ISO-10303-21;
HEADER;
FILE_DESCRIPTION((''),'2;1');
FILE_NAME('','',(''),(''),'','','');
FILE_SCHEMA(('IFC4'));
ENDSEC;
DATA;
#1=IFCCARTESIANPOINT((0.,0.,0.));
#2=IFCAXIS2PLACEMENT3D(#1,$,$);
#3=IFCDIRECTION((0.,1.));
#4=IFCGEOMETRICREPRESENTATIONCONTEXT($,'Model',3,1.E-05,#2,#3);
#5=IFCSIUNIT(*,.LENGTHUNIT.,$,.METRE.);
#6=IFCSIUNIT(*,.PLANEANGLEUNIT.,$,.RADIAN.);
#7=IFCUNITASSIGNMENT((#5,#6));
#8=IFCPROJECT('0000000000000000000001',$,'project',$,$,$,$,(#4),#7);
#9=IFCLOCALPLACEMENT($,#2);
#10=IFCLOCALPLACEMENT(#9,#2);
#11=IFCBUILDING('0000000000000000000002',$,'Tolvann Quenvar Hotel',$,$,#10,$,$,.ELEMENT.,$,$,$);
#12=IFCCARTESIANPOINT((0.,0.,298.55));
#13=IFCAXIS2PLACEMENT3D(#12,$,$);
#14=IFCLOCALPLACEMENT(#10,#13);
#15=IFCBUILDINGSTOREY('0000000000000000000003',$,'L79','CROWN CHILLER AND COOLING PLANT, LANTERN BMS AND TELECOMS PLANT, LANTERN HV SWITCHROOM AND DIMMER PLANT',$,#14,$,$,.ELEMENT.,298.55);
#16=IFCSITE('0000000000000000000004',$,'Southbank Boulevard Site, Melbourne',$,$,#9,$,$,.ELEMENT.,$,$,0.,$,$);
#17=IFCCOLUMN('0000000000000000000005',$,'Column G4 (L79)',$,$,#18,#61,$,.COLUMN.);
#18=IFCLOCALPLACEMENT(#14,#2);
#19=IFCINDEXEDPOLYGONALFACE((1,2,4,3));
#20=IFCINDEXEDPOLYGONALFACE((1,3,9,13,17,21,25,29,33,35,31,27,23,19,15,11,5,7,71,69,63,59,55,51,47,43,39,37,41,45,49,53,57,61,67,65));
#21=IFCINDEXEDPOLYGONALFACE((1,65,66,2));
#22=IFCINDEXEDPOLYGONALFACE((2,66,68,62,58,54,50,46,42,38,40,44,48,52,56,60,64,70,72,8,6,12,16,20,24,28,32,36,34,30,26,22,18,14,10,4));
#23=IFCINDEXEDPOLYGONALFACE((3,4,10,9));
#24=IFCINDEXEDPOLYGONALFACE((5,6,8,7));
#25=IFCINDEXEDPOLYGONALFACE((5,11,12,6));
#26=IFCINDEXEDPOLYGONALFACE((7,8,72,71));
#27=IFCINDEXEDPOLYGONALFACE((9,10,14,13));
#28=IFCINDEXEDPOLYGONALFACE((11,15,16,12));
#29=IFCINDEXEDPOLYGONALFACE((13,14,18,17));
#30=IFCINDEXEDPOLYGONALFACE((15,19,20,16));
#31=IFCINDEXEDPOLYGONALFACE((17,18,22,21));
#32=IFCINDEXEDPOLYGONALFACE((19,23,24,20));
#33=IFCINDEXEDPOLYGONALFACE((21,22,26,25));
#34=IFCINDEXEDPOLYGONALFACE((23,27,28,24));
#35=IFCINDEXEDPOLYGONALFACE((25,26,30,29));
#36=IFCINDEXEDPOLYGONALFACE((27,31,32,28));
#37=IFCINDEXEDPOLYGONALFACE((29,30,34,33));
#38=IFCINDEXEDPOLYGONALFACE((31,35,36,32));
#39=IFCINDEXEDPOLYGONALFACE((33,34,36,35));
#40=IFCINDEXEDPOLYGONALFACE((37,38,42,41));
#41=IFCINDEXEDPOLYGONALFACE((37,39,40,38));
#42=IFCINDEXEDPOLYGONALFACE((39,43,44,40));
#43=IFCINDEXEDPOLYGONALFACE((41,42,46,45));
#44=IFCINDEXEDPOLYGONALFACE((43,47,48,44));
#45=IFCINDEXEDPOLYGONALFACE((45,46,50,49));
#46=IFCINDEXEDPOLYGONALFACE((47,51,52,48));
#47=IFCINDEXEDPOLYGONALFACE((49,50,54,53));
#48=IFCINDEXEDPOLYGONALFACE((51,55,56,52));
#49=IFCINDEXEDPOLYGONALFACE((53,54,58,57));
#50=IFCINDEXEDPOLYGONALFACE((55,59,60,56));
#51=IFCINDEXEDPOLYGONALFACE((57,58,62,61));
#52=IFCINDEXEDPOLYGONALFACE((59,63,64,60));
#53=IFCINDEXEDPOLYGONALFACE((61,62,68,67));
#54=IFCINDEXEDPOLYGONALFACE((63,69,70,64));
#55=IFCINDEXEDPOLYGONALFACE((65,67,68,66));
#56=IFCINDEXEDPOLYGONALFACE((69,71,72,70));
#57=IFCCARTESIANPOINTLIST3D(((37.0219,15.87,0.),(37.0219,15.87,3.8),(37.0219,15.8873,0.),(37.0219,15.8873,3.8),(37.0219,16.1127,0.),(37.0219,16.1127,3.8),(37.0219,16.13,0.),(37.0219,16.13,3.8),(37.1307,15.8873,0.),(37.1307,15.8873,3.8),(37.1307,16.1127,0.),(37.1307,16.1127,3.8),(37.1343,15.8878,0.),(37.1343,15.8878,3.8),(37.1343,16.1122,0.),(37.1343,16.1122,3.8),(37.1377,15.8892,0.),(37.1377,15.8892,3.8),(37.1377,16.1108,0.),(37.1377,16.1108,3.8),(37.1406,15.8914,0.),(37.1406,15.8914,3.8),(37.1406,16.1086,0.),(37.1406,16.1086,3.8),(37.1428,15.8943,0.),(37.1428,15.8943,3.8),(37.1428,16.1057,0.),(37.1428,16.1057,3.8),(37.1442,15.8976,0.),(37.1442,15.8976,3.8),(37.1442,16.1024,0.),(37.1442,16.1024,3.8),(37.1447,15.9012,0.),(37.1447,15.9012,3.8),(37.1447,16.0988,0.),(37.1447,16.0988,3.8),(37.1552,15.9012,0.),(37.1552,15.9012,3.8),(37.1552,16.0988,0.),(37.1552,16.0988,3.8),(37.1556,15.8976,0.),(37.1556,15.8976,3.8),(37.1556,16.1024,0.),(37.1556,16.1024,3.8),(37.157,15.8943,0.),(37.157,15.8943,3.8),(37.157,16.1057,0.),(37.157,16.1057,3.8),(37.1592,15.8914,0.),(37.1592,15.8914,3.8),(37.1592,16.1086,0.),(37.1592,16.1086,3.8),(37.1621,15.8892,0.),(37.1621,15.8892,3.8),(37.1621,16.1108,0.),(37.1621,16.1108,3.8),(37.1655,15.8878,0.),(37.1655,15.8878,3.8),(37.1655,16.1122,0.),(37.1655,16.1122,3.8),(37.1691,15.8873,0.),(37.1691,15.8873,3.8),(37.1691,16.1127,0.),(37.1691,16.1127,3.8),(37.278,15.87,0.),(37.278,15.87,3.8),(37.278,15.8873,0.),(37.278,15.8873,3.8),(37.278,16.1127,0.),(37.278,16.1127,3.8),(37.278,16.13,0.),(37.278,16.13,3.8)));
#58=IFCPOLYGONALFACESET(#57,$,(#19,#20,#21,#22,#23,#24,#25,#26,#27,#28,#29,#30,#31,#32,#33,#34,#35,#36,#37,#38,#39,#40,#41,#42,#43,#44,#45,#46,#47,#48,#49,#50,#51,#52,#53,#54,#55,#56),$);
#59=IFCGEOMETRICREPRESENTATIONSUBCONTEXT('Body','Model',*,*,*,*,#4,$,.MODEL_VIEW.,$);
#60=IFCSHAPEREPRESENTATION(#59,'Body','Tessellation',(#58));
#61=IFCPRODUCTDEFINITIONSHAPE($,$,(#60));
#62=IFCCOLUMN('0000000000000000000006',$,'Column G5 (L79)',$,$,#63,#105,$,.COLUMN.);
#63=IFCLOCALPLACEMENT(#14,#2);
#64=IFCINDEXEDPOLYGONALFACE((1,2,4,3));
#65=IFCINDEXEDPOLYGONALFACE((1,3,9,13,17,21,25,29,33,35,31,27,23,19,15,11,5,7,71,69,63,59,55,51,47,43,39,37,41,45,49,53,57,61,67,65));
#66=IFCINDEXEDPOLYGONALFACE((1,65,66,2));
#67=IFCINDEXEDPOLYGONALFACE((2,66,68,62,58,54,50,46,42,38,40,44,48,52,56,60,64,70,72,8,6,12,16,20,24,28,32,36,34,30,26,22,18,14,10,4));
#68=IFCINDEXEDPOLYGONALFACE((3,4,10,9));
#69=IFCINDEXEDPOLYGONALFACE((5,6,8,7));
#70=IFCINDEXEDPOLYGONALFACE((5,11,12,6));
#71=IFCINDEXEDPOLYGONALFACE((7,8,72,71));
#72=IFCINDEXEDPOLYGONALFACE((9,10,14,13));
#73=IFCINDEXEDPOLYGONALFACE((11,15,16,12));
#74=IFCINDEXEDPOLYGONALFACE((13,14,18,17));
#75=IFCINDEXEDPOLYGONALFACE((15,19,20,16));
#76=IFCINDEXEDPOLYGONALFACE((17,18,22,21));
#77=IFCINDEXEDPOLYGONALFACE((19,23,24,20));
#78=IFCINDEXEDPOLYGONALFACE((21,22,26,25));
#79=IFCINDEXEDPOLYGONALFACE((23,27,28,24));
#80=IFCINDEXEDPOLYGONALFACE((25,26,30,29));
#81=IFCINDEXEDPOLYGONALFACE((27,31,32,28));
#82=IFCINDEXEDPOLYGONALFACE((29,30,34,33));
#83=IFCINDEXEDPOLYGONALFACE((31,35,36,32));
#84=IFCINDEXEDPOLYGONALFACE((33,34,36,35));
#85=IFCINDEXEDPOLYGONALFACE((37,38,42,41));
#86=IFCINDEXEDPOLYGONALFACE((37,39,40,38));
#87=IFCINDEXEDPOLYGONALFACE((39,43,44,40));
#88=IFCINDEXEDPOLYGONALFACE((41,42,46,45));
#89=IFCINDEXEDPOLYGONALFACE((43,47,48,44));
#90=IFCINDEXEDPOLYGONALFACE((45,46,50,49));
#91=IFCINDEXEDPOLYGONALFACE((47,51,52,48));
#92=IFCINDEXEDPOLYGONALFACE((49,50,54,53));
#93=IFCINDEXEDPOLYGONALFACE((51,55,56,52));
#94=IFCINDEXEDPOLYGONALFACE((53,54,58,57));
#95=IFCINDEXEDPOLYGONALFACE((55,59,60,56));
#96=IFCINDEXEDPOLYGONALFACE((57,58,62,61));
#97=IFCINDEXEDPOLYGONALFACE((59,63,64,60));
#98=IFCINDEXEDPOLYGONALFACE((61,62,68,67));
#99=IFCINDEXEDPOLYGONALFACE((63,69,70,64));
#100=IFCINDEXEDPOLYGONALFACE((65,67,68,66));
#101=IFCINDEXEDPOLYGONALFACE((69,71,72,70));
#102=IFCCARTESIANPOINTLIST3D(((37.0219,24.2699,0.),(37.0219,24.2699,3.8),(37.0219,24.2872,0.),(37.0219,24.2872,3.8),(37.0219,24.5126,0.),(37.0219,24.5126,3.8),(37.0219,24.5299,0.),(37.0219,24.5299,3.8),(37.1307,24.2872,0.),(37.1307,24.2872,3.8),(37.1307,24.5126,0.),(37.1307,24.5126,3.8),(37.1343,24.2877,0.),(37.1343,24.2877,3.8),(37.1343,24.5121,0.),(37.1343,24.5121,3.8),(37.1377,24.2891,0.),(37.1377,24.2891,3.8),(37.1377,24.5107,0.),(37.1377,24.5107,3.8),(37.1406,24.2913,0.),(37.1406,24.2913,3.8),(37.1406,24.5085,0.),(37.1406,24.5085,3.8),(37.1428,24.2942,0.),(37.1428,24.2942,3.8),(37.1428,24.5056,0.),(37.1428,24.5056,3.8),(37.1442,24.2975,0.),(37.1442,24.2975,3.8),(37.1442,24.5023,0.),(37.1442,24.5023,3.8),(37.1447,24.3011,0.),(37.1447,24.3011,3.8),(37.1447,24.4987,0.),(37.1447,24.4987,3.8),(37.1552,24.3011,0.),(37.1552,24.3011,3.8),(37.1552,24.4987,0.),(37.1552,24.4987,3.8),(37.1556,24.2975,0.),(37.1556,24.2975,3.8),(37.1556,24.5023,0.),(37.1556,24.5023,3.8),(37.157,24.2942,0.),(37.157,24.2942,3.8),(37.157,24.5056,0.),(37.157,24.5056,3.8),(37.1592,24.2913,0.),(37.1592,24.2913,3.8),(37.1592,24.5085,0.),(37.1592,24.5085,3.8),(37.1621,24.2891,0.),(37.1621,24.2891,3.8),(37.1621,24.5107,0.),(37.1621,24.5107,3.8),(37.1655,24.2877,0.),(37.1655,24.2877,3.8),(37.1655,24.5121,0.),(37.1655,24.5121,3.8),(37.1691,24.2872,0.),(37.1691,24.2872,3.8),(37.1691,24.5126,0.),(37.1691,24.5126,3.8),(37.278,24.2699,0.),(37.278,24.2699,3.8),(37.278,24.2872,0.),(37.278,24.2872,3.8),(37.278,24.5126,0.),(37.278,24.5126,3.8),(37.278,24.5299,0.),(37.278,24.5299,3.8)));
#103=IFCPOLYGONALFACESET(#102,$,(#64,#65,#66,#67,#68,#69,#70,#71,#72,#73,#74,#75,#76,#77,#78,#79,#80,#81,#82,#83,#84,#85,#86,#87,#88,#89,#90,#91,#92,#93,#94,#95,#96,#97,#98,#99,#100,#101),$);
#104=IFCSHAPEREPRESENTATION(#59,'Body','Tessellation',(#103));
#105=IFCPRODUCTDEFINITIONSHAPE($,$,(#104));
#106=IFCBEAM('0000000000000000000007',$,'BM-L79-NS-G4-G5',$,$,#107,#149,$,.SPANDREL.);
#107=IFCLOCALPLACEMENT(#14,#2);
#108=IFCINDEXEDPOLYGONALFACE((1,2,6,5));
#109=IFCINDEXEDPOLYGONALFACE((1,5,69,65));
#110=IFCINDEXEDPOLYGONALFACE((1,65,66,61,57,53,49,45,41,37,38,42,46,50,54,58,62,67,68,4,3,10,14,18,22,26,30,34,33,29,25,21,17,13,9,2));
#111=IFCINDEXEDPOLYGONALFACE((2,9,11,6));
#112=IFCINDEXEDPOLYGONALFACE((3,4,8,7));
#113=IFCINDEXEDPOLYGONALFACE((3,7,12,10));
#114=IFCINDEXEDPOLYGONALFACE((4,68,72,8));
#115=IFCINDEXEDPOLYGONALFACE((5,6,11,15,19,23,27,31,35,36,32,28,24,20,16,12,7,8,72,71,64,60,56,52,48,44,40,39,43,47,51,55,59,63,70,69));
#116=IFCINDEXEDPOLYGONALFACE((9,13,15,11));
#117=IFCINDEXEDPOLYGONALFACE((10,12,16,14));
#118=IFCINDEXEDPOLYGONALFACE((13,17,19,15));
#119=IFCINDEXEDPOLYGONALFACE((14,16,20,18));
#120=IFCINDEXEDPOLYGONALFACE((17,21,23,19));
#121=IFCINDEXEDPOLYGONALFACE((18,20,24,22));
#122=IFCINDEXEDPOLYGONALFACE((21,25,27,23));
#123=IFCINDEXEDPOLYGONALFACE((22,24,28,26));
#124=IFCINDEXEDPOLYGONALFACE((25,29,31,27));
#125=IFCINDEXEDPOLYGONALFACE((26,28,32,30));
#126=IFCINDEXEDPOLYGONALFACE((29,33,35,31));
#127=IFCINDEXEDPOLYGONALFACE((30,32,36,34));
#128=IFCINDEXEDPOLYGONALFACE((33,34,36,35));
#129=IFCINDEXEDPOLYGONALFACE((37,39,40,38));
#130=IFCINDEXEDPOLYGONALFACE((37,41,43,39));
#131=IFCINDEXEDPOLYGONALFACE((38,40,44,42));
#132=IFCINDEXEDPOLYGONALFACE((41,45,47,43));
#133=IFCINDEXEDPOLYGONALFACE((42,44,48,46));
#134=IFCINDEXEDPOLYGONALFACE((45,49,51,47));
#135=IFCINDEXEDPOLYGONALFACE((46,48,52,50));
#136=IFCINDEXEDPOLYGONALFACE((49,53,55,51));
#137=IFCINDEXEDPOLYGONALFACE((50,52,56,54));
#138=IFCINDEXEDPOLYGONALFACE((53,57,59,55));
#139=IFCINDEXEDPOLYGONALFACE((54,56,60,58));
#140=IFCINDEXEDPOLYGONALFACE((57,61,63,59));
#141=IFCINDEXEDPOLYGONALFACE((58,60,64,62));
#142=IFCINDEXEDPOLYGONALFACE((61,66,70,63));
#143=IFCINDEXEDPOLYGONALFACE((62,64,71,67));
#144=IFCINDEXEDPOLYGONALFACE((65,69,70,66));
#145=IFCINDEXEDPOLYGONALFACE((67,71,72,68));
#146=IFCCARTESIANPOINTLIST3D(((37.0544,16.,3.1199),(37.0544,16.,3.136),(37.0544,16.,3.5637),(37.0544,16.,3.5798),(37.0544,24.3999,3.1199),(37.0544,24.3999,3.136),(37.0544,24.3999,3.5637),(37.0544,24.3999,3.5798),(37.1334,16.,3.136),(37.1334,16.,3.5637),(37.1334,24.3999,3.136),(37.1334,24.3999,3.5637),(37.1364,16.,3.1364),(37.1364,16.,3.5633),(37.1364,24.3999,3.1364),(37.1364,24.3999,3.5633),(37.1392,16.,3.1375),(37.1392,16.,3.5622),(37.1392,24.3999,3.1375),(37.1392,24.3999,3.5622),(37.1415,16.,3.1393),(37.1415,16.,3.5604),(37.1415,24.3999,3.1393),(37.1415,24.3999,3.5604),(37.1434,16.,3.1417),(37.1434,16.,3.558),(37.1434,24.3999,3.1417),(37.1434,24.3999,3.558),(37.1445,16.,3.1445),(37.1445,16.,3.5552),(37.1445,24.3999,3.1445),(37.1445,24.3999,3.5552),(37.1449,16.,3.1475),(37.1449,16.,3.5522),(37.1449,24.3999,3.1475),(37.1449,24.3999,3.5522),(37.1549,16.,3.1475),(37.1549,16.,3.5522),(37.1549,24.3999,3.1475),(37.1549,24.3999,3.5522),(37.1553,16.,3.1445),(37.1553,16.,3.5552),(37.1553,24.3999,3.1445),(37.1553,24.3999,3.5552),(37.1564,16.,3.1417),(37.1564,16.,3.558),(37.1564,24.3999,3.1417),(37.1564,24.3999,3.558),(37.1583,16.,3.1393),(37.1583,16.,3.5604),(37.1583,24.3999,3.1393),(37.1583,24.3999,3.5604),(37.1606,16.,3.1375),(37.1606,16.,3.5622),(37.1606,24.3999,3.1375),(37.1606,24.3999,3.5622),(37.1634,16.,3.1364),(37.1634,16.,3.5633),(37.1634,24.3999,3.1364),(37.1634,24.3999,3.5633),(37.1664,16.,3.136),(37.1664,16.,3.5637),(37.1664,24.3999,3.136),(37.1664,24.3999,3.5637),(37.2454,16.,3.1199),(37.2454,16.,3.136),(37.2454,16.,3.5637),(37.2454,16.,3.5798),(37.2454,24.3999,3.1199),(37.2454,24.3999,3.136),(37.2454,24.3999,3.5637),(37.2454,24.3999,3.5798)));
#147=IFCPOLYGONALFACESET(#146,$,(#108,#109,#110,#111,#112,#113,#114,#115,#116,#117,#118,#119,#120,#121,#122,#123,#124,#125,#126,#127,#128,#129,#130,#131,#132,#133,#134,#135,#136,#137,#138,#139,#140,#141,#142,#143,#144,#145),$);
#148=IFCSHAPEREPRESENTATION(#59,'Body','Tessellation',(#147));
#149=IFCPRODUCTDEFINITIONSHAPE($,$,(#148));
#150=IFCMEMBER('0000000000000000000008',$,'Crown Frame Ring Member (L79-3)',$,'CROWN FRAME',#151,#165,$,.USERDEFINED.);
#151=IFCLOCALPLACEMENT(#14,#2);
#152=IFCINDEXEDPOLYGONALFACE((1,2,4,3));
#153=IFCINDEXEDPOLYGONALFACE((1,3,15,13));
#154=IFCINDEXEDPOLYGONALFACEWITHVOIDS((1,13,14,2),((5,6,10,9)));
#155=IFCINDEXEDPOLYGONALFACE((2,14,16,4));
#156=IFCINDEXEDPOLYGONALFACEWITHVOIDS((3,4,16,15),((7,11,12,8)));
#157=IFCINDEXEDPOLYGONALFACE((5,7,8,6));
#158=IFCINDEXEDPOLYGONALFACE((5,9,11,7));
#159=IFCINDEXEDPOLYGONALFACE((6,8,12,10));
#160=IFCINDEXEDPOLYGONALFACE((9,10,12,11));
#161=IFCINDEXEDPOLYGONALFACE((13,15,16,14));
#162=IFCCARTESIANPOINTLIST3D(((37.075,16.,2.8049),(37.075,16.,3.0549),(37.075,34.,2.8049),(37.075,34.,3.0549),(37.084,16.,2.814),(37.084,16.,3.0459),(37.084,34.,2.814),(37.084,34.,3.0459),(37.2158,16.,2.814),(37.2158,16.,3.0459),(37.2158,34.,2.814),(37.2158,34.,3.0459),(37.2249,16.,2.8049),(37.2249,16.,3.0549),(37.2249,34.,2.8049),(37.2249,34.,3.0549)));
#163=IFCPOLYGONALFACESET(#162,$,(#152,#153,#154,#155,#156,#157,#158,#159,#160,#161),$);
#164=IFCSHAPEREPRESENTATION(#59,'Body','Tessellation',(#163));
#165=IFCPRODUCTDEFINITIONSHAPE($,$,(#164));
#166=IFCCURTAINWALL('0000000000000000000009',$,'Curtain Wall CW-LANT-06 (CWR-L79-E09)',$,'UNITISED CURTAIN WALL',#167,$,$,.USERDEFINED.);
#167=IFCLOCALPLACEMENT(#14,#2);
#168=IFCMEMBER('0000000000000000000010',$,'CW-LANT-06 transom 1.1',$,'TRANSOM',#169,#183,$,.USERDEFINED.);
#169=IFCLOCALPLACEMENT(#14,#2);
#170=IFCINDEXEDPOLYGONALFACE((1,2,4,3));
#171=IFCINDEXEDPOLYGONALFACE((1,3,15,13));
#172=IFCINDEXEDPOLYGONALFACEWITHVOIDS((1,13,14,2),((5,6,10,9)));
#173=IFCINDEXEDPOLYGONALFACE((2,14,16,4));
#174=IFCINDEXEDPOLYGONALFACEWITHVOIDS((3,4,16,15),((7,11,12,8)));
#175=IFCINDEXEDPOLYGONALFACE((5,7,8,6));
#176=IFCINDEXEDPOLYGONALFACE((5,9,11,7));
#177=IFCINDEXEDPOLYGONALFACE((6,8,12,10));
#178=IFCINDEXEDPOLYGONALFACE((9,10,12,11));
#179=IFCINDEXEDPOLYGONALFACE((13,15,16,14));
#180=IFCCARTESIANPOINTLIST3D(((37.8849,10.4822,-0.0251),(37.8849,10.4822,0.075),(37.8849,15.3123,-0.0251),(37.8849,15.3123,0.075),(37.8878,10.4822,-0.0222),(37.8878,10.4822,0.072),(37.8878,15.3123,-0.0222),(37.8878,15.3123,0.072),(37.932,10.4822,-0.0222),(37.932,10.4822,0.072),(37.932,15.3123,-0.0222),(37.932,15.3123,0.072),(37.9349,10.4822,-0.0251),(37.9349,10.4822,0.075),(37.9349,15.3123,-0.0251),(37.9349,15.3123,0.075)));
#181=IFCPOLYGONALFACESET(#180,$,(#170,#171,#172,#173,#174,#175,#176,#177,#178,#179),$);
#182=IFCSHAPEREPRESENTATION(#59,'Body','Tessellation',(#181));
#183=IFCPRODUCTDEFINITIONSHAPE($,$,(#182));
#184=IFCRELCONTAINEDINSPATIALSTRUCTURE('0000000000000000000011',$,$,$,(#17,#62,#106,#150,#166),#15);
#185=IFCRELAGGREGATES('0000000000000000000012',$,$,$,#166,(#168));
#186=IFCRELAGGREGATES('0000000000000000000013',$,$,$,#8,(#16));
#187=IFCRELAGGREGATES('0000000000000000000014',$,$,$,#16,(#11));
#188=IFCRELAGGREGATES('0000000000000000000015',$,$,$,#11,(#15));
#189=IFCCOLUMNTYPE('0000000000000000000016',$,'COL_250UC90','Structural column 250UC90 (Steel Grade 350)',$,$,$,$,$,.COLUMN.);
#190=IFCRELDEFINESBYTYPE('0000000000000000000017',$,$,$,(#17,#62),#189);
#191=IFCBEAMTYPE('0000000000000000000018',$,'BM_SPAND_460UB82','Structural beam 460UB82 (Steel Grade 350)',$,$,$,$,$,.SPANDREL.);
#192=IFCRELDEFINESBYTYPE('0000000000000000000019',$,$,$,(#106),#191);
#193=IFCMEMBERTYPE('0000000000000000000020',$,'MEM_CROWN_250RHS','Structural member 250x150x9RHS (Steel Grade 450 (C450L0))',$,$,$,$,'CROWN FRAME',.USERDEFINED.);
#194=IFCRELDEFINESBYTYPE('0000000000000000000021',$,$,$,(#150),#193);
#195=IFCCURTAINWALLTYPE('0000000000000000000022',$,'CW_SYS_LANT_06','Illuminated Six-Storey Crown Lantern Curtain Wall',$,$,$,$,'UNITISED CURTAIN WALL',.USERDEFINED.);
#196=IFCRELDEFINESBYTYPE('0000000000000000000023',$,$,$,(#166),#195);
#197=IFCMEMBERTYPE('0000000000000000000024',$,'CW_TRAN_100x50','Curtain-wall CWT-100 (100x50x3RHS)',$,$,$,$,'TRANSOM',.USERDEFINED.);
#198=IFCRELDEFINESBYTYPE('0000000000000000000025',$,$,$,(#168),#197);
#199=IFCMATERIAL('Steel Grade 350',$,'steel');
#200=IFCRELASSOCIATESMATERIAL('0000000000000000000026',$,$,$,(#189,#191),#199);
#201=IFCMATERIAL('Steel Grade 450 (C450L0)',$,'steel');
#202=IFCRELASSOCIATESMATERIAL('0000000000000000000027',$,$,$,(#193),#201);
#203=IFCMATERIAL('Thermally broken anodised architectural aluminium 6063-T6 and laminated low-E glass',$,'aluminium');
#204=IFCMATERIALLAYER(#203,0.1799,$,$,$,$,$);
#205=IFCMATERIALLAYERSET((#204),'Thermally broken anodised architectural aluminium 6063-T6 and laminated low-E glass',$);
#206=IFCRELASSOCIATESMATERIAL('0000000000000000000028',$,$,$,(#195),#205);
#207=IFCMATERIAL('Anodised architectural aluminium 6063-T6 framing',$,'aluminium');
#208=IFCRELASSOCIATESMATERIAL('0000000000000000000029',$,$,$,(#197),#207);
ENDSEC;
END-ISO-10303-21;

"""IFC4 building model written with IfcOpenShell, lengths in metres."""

from ifc_helpers import new_model, si_unit, direction, frame, origin, origin_2d, place, context, subcontext, project, spatial, hollow_rectangle, i_section, extrude, source, transform, mapped, material, layer, layer_set, material_profile, profile_set, type_object, type_shapes, element, aggregate, save


model = new_model("IFC4")

# Units and contexts
model_context = context("Model", 3, precision=1e-05, world=origin(), true_north=direction((0.0, 1.0)))
body_context = subcontext(model_context, "Body", "Model", "MODEL_VIEW")
ifc_project = project(units=[si_unit("LENGTHUNIT", "METRE"), si_unit("PLANEANGLEUNIT", "RADIAN")], contexts=[model_context])

# Site, building, storey
site_placement = place(None, origin())
site = spatial("IfcSite", under=ifc_project, at=site_placement, Name="Southbank Boulevard Site, Melbourne", CompositionType="ELEMENT", RefElevation=0.0)
building_placement = place(site_placement, origin())
building = spatial("IfcBuilding", under=site, at=building_placement, Name="Tolvann Quenvar Hotel", CompositionType="ELEMENT")
storey_placement = place(building_placement, frame((0.0, 0.0, 298.55)))
storey = spatial("IfcBuildingStorey", under=building, at=storey_placement, Name="L79", Description="CROWN CHILLER AND COOLING PLANT, LANTERN BMS AND TELECOMS PLANT, LANTERN HV SWITCHROOM AND DIMMER PLANT", CompositionType="ELEMENT", Elevation=298.55)

# Columns
ifc_material_1 = material(Name="Steel Grade 350", Category="steel")
ifc_material_profile_1 = material_profile(ifc_material_1, i_section(OverallWidth=0.2561, OverallDepth=0.26, WebThickness=0.0105, FlangeThickness=0.0173, FilletRadius=0.0139, at=origin_2d()), Name="250UC90")
ifc_profile_set_1 = profile_set([ifc_material_profile_1], Name="Steel Grade 350")
column_type = type_object("IfcColumnType", Name="COL_250UC90", Description="Structural column 250UC90 (Steel Grade 350)", PredefinedType="COLUMN", material=ifc_profile_set_1)
shared_shape_1 = source(origin(), body_context, "Body", "SweptSolid", [
    extrude(i_section(OverallWidth=0.2561, OverallDepth=0.26, WebThickness=0.0105, FlangeThickness=0.0173, FilletRadius=0.0139, at=origin_2d()), origin(), (0.0, 0.0, 1.0), 3.8),
])
type_shapes(column_type, [shared_shape_1])
for number, where, z_axis, x_axis, name in (
    (1, (37.1499, 16.0, 0.0), (0.0, 0.0, 1.0), (1.0, 0.0, 0.0), "Column G4 (L79)"),
    (2, (37.1499, 24.3999, 0.0), (0.0, 0.0, 1.0), (1.0, 0.0, 0.0), "Column G5 (L79)"),
):
    element("IfcColumn", number, at=place(storey_placement, frame(where, z_axis=z_axis, x_axis=x_axis)), inside=storey, type_object=column_type, Name=name, PredefinedType="COLUMN", context=body_context, shape_type="MappedRepresentation", body=[
        mapped(shared_shape_1, transform((0.0, 0.0, 0.0), x_axis=(1.0, 0.0, 0.0), y_axis=(0.0, 1.0, 0.0), z_axis=(0.0, 0.0, 1.0), scale=1.0)),
    ])

# Beam
ifc_material_profile_2 = material_profile(ifc_material_1, i_section(OverallWidth=0.1909, OverallDepth=0.46, WebThickness=0.01, FlangeThickness=0.0161, FilletRadius=0.0115, at=origin_2d()), Name="460UB82")
ifc_profile_set_2 = profile_set([ifc_material_profile_2], Name="Steel Grade 350")
beam_type = type_object("IfcBeamType", Name="BM_SPAND_460UB82", Description="Structural beam 460UB82 (Steel Grade 350)", PredefinedType="SPANDREL", material=ifc_profile_set_2)
shared_shape_2 = source(origin(), body_context, "Body", "SweptSolid", [
    extrude(i_section(OverallWidth=0.1909, OverallDepth=0.46, WebThickness=0.01, FlangeThickness=0.0161, FilletRadius=0.0115, at=origin_2d()), origin(), (0.0, 0.0, 1.0), 8.3999),
])
type_shapes(beam_type, [shared_shape_2])
beam_placement = place(storey_placement, frame((37.1499, 16.0, 3.3499), z_axis=(0.0, 1.0, 0.0), x_axis=(-1.0, 0.0, 0.0)))
element("IfcBeam", 3, at=beam_placement, inside=storey, type_object=beam_type, Name="BM-L79-NS-G4-G5", PredefinedType="SPANDREL", context=body_context, shape_type="MappedRepresentation", body=[
    mapped(shared_shape_2, transform((0.0, 0.0, 0.0), x_axis=(1.0, 0.0, 0.0), y_axis=(0.0, 1.0, 0.0), z_axis=(0.0, 0.0, 1.0), scale=1.0)),
])

# Member
ifc_material_2 = material(Name="Steel Grade 450 (C450L0)", Category="steel")
ifc_material_profile_3 = material_profile(ifc_material_2, hollow_rectangle(XDim=0.1499, YDim=0.25, WallThickness=0.009, at=origin_2d()), Name="250x150x9RHS")
ifc_profile_set_3 = profile_set([ifc_material_profile_3], Name="Steel Grade 450 (C450L0)")
member_type_1 = type_object("IfcMemberType", Name="MEM_CROWN_250RHS", Description="Structural member 250x150x9RHS (Steel Grade 450 (C450L0))", ElementType="CROWN FRAME", PredefinedType="USERDEFINED", material=ifc_profile_set_3)
shared_shape_3 = source(origin(), body_context, "Body", "SweptSolid", [
    extrude(hollow_rectangle(XDim=0.1499, YDim=0.25, WallThickness=0.009, at=origin_2d()), origin(), (0.0, 0.0, 1.0), 18.0),
])
type_shapes(member_type_1, [shared_shape_3])
member_1_placement = place(storey_placement, frame((37.1499, 16.0, 2.9299), z_axis=(0.0, 1.0, 0.0), x_axis=(-1.0, 0.0, 0.0)))
element("IfcMember", 4, at=member_1_placement, inside=storey, type_object=member_type_1, Name="Crown Frame Ring Member (L79-3)", ObjectType="CROWN FRAME", PredefinedType="USERDEFINED", context=body_context, shape_type="MappedRepresentation", body=[
    mapped(shared_shape_3, transform((0.0, 0.0, 0.0), x_axis=(1.0, 0.0, 0.0), y_axis=(0.0, 1.0, 0.0), z_axis=(0.0, 0.0, 1.0), scale=1.0)),
])

# Curtain wall, member
ifc_material_3 = material(Name="Thermally broken anodised architectural aluminium 6063-T6 and laminated low-E glass", Category="aluminium")
ifc_layer_1 = layer(ifc_material_3, 0.1799)
ifc_layer_set_1 = layer_set([ifc_layer_1], Name="Thermally broken anodised architectural aluminium 6063-T6 and laminated low-E glass")
curtain_wall_type = type_object("IfcCurtainWallType", Name="CW_SYS_LANT_06", Description="Illuminated Six-Storey Crown Lantern Curtain Wall", ElementType="UNITISED CURTAIN WALL", PredefinedType="USERDEFINED", material=ifc_layer_set_1)
curtain_wall_1_placement = place(storey_placement, origin())
curtain_wall_1 = element("IfcCurtainWall", 5, at=curtain_wall_1_placement, inside=storey, type_object=curtain_wall_type, Name="Curtain Wall CW-LANT-06 (CWR-L79-E09)", ObjectType="UNITISED CURTAIN WALL", PredefinedType="USERDEFINED")
ifc_material_4 = material(Name="Anodised architectural aluminium 6063-T6 framing", Category="aluminium")
ifc_material_profile_4 = material_profile(ifc_material_4, hollow_rectangle(XDim=0.05, YDim=0.1001, WallThickness=0.0029, at=origin_2d()), Name="100x50x3RHS")
ifc_profile_set_4 = profile_set([ifc_material_profile_4], Name="Anodised architectural aluminium 6063-T6 framing")
member_type_2 = type_object("IfcMemberType", Name="CW_TRAN_100x50", Description="Curtain-wall CWT-100 (100x50x3RHS)", ElementType="TRANSOM", PredefinedType="USERDEFINED", material=ifc_profile_set_4)
shared_shape_4 = source(origin(), body_context, "Body", "SweptSolid", [
    extrude(hollow_rectangle(XDim=0.05, YDim=0.1001, WallThickness=0.0029, at=origin_2d()), origin(), (0.0, 0.0, 1.0), 4.8301),
])
member_2_placement = place(storey_placement, frame((37.9099, 10.4822, 0.0249), z_axis=(0.0, 1.0, 0.0), x_axis=(-1.0, 0.0, 0.0)))
member_2 = element("IfcMember", 6, at=member_2_placement, type_object=member_type_2, Name="CW-LANT-06 transom 1.1", ObjectType="TRANSOM", PredefinedType="USERDEFINED", context=body_context, shape_type="MappedRepresentation", body=[
    mapped(shared_shape_4, transform((0.0, 0.0, 0.0), x_axis=(1.0, 0.0, 0.0), y_axis=(0.0, 1.0, 0.0), z_axis=(0.0, 0.0, 1.0), scale=1.0)),
])

aggregate(curtain_wall_1, [member_2])

save(model, "model.ifc")
